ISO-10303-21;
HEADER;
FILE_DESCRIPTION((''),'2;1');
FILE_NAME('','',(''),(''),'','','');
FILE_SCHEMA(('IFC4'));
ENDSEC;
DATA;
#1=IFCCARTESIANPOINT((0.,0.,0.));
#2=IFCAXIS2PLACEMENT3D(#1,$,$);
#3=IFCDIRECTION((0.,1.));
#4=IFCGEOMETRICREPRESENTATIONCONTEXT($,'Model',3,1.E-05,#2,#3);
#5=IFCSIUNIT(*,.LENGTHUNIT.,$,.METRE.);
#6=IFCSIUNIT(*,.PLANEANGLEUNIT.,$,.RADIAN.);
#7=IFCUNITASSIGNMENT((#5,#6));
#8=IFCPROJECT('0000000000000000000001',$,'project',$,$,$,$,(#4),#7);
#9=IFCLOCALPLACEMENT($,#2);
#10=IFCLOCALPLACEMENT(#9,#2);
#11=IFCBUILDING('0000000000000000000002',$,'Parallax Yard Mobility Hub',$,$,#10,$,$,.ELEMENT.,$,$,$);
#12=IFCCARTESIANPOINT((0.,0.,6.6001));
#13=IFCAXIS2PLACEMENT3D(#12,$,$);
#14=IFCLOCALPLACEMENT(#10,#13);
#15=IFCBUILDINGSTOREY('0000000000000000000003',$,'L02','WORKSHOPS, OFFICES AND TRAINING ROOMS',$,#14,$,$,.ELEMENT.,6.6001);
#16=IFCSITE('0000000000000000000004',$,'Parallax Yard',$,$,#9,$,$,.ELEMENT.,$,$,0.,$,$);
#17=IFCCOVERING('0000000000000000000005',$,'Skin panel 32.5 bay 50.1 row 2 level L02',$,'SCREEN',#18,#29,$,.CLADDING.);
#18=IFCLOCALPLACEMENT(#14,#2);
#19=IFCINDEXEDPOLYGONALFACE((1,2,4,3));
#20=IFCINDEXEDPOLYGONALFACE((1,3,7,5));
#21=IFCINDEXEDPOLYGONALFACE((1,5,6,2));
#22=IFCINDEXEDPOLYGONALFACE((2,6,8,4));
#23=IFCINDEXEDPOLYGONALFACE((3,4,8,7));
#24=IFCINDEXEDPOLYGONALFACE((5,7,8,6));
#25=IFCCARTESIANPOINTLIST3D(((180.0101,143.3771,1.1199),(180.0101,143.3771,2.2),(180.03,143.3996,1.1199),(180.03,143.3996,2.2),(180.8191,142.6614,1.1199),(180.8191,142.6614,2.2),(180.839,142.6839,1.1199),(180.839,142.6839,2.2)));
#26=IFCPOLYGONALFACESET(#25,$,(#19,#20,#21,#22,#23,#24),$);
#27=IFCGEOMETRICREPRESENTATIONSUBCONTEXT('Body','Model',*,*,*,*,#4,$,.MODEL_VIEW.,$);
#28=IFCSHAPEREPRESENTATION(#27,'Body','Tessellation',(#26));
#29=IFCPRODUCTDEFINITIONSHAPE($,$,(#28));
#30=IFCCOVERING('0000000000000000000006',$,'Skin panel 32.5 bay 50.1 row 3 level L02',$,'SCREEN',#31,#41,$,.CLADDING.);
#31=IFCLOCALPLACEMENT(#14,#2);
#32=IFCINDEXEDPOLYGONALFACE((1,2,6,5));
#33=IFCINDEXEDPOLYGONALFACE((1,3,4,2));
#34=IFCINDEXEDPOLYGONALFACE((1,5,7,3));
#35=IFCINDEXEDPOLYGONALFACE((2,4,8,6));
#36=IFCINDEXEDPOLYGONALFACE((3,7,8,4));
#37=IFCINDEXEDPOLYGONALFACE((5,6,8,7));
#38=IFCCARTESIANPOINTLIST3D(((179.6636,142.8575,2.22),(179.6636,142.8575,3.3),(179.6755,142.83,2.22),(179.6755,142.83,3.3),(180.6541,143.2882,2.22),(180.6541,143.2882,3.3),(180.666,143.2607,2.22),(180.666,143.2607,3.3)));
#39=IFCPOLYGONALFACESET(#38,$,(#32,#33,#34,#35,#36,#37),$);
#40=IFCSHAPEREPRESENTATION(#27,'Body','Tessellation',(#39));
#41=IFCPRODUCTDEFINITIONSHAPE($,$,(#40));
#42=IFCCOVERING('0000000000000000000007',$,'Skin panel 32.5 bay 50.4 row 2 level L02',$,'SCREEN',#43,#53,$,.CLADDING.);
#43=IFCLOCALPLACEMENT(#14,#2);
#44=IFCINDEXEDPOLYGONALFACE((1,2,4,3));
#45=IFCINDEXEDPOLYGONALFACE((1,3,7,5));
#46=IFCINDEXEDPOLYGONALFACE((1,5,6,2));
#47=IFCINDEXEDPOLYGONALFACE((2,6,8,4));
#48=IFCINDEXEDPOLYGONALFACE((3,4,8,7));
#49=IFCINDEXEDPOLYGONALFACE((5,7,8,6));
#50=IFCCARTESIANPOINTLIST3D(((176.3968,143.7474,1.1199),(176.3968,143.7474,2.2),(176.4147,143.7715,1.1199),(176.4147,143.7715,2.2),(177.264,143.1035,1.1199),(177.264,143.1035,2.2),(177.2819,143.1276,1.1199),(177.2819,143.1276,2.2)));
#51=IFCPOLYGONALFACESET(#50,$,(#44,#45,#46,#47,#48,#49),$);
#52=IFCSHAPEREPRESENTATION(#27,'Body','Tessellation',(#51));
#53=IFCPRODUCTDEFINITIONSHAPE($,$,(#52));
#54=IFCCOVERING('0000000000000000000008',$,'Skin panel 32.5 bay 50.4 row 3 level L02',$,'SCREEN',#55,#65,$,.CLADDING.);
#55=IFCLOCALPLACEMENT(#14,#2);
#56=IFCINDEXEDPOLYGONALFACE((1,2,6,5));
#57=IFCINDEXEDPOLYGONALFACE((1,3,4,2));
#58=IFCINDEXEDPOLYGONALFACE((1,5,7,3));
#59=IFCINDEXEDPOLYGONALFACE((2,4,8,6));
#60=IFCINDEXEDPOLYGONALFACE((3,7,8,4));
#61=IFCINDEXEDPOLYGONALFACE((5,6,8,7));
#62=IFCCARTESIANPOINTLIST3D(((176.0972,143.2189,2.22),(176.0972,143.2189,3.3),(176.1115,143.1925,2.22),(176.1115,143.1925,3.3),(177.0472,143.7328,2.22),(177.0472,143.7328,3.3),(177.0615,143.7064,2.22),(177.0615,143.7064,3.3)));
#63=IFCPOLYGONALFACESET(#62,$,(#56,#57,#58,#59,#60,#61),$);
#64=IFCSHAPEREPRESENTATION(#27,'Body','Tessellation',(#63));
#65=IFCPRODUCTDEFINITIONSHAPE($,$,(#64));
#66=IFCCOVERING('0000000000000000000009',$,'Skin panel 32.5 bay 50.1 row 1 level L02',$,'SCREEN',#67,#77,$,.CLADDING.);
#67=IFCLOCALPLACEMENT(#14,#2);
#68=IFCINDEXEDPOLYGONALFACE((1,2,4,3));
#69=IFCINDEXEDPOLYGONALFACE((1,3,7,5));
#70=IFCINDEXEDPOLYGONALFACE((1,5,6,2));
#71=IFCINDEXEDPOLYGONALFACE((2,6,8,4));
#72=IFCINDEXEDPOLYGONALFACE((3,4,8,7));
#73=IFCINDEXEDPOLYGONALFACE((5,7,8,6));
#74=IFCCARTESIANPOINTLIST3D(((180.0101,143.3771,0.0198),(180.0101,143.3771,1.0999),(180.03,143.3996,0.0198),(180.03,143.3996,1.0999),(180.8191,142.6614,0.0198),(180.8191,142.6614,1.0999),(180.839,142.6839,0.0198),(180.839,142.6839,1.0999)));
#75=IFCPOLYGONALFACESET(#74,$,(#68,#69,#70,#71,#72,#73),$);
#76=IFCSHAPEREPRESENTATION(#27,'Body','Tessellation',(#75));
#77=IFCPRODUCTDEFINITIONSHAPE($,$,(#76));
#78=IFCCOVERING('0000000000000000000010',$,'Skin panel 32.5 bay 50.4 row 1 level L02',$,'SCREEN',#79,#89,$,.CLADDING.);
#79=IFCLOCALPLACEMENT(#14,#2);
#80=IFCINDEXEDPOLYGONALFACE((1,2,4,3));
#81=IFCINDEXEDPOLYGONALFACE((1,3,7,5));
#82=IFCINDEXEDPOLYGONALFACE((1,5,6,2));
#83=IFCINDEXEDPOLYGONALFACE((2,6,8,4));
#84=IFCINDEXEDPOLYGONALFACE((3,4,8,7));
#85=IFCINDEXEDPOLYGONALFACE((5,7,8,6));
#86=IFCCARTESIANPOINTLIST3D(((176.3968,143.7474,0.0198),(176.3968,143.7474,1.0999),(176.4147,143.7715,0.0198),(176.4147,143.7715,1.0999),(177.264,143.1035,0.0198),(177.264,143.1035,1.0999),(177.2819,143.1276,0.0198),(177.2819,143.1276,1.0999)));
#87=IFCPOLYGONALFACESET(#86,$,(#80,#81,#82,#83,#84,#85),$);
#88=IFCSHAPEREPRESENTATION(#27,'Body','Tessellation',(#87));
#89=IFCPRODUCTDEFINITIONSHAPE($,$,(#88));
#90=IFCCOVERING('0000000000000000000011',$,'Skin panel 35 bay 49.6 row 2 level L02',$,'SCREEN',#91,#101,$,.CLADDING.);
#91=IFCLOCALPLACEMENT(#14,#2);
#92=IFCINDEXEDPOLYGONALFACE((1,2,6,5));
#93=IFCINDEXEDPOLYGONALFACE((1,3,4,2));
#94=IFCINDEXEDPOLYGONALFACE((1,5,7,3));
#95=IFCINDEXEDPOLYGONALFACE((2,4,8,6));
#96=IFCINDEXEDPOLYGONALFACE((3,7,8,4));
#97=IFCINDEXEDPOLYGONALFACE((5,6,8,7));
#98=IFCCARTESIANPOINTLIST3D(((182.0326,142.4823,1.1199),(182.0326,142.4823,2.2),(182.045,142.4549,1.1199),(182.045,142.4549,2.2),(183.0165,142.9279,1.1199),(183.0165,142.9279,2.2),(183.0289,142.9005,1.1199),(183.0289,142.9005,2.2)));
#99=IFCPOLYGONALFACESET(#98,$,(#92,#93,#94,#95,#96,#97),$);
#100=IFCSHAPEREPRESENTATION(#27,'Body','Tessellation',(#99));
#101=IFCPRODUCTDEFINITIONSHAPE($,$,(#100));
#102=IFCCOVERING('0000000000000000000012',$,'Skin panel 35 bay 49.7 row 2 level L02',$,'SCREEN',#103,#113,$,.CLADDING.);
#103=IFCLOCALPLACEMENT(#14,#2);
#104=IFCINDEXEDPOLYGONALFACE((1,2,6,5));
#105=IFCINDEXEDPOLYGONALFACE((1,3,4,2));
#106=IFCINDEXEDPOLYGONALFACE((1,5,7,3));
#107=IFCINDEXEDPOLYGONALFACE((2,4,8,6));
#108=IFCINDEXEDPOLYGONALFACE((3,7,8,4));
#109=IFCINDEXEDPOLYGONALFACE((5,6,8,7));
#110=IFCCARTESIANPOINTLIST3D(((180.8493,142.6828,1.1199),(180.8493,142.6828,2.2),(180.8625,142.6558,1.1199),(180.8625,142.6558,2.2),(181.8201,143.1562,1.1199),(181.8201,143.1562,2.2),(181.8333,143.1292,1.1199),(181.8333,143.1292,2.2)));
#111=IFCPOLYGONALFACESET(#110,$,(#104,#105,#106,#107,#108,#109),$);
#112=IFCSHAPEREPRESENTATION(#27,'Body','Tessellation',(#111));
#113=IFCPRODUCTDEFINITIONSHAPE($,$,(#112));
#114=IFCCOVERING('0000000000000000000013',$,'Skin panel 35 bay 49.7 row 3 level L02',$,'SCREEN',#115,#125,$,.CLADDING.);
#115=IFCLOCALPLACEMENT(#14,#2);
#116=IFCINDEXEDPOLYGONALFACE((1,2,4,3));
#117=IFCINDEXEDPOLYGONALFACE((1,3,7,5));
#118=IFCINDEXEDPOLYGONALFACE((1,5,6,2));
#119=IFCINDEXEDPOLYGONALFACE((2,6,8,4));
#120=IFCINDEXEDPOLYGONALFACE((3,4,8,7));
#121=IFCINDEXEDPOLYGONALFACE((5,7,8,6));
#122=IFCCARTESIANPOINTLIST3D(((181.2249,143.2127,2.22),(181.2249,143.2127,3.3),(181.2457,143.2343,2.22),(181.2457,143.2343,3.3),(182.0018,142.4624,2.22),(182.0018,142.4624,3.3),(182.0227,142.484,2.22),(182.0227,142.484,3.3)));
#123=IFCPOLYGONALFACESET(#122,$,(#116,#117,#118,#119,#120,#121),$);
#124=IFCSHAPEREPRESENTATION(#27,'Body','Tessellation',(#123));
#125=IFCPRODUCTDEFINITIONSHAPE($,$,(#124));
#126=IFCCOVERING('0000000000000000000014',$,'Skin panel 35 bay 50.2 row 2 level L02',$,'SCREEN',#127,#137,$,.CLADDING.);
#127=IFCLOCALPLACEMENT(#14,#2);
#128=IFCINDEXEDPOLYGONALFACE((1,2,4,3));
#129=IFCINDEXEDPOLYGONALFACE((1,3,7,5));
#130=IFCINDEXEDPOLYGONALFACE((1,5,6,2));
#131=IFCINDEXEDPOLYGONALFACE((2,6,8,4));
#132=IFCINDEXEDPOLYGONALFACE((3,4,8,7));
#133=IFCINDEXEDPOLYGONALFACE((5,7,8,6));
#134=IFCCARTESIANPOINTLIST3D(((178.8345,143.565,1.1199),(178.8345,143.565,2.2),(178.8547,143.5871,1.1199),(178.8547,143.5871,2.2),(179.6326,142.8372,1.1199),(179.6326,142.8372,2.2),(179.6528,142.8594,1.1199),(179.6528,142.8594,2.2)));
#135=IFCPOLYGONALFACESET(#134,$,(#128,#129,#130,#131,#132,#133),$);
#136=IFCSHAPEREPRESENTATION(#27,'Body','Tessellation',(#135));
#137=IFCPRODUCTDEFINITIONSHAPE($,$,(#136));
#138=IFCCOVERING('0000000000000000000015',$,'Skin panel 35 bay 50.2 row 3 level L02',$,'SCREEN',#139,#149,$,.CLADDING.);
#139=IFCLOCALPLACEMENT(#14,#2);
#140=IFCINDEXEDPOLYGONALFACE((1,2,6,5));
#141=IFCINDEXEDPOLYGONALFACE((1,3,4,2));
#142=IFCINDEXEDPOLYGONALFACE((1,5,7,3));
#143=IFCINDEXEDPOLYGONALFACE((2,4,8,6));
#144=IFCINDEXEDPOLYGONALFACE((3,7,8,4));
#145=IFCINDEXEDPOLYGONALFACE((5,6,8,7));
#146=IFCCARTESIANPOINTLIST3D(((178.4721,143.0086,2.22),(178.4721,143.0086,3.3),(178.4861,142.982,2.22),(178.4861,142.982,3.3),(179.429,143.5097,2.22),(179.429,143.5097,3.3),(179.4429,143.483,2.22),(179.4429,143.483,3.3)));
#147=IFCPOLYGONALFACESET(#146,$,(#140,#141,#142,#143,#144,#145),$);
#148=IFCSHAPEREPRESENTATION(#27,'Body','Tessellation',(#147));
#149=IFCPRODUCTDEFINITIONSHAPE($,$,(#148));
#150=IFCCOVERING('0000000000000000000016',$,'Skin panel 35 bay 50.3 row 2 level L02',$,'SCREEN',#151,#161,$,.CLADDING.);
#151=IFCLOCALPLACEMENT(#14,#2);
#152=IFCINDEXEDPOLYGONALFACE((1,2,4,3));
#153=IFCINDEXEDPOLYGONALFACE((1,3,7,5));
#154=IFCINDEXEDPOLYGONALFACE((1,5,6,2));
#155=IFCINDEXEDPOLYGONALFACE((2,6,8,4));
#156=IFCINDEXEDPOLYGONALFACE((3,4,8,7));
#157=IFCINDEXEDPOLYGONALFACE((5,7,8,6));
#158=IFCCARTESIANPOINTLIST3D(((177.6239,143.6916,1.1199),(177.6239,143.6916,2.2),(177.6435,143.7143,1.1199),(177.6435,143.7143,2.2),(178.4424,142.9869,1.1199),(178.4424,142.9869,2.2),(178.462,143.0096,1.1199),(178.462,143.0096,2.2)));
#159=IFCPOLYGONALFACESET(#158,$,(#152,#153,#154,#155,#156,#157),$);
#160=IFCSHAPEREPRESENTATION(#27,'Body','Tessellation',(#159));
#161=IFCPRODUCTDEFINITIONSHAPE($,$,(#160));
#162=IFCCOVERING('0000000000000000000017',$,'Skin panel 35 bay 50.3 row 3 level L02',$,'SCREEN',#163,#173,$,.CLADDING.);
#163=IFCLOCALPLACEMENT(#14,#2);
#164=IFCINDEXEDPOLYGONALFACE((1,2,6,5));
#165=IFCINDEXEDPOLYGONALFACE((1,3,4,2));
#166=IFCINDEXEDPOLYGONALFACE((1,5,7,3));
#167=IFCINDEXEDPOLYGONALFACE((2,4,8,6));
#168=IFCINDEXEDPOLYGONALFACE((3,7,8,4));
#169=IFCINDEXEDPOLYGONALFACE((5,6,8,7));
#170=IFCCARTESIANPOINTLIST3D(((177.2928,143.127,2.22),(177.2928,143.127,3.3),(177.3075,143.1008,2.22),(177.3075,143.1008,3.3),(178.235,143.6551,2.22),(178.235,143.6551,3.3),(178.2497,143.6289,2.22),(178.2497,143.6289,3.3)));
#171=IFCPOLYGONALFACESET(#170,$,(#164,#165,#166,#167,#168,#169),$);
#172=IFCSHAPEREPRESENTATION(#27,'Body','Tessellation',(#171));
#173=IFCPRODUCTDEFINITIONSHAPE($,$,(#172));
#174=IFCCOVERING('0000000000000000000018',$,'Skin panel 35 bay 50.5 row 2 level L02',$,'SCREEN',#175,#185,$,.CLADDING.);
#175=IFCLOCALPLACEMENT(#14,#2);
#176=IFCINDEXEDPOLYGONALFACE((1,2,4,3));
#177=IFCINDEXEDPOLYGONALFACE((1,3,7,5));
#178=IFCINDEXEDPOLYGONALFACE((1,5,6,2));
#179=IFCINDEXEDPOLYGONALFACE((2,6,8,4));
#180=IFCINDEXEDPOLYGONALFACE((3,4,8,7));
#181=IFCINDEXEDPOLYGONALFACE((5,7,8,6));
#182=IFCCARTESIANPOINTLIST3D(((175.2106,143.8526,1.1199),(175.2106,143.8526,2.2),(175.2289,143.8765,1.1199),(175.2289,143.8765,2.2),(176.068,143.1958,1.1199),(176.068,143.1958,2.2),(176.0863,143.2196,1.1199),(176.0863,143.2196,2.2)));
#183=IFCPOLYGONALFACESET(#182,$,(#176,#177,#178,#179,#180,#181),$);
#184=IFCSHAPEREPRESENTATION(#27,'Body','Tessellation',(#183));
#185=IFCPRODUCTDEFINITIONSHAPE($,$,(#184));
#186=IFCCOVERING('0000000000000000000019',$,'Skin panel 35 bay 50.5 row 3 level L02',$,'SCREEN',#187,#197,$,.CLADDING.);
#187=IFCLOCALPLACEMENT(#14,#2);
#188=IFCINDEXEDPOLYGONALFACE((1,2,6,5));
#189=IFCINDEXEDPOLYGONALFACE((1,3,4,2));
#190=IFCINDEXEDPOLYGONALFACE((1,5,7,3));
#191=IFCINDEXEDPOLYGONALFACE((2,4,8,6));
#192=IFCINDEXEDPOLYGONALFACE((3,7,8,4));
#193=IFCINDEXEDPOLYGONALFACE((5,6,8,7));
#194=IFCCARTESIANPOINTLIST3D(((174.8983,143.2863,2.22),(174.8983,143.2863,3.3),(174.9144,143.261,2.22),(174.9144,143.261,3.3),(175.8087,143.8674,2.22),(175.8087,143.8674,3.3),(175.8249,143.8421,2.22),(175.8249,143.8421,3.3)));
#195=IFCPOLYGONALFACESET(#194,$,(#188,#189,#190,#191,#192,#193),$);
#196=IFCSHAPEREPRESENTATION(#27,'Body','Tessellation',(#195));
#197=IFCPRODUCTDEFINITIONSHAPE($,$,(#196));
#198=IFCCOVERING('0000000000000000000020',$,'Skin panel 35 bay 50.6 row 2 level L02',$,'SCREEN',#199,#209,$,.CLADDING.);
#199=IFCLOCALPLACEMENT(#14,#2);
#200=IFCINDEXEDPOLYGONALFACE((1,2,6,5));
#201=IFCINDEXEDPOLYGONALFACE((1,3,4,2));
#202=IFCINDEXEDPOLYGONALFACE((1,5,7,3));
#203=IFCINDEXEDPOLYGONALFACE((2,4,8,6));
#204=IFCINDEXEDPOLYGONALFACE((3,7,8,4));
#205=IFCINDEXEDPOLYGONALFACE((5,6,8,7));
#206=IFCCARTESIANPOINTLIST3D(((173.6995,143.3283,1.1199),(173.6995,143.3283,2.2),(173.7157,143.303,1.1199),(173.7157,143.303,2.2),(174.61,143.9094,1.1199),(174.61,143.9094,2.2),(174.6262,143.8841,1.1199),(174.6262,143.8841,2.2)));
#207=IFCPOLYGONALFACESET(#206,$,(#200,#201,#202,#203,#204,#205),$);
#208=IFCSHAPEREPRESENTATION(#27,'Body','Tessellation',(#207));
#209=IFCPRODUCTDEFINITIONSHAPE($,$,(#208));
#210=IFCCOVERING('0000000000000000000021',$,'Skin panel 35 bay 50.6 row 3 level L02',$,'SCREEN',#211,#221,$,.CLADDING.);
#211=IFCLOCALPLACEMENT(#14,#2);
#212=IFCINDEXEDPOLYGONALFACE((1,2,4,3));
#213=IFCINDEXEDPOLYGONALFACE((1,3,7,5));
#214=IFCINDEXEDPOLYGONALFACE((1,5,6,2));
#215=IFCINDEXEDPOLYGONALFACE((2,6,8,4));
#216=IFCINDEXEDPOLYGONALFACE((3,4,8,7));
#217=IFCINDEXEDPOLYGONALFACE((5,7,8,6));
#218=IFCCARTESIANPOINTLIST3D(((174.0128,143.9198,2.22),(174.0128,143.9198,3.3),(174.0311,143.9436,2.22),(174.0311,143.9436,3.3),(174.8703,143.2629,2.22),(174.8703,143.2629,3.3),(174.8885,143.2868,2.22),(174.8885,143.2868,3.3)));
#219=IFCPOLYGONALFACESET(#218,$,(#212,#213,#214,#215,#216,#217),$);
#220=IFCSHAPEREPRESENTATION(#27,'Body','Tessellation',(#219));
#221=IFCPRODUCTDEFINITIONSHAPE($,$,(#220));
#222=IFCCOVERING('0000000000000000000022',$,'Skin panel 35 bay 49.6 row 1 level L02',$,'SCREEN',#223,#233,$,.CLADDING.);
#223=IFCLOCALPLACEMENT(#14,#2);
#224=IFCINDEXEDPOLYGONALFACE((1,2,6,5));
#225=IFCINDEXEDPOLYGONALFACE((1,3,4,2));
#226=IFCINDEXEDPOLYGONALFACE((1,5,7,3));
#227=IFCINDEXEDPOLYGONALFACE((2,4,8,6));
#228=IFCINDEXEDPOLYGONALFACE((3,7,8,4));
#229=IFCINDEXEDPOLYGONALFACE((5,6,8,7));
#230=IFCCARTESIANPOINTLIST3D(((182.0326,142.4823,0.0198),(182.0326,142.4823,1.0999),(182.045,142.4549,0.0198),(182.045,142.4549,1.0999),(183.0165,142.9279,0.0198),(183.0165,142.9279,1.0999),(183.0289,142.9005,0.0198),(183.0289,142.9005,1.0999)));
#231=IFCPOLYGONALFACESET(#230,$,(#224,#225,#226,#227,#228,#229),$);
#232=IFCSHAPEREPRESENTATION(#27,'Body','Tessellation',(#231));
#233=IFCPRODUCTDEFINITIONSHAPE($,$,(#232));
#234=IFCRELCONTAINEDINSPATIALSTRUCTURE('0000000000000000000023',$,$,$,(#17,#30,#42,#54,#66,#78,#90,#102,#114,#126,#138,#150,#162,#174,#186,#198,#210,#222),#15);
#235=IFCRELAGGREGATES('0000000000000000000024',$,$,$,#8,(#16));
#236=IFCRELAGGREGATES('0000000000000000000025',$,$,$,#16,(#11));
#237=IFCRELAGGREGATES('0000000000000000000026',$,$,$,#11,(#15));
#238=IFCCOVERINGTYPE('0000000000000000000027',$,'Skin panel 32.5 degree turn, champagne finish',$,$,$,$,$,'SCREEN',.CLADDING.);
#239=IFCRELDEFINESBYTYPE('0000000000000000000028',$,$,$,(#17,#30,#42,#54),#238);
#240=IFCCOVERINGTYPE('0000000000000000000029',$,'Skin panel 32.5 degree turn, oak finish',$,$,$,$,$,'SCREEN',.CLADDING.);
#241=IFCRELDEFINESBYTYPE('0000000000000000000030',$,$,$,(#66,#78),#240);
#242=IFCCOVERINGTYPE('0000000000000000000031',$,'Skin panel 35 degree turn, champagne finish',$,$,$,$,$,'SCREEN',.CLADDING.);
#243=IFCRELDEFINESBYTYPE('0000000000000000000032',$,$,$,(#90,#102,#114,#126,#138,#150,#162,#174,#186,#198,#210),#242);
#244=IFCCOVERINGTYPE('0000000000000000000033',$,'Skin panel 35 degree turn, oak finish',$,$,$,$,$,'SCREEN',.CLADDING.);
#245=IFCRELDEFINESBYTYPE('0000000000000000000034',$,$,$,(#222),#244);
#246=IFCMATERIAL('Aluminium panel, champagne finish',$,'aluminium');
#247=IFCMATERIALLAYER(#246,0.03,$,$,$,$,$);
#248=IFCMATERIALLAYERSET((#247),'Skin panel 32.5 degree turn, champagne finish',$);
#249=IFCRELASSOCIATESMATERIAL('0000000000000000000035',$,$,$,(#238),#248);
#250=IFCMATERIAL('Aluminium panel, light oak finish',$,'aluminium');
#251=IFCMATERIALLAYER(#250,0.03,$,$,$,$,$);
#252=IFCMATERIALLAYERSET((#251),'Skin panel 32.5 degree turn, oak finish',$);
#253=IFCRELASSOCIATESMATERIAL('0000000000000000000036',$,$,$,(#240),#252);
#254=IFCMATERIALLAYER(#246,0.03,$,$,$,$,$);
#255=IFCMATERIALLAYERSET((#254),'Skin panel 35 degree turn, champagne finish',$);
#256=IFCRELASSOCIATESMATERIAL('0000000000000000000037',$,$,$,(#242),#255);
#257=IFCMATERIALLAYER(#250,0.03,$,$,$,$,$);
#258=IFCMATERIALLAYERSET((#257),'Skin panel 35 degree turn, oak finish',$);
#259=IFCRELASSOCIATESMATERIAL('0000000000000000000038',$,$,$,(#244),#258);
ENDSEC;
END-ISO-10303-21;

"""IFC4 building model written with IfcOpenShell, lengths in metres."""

from ifc_helpers import new_model, si_unit, direction, frame, origin, origin_2d, place, context, subcontext, project, spatial, rectangle, extrude, material, layer, layer_set, type_object, element, save


model = new_model("IFC4")

# Units and contexts
model_context = context("Model", 3, precision=1e-05, world=origin(), true_north=direction((0.0, 1.0)))
body_context = subcontext(model_context, "Body", "Model", "MODEL_VIEW")
ifc_project = project(units=[si_unit("LENGTHUNIT", "METRE"), si_unit("PLANEANGLEUNIT", "RADIAN")], contexts=[model_context])

# Site, building, storey
site_placement = place(None, origin())
site = spatial("IfcSite", under=ifc_project, at=site_placement, Name="Parallax Yard", CompositionType="ELEMENT", RefElevation=0.0)
building_placement = place(site_placement, origin())
building = spatial("IfcBuilding", under=site, at=building_placement, Name="Parallax Yard Mobility Hub", CompositionType="ELEMENT")
storey_placement = place(building_placement, frame((0.0, 0.0, 6.6001)))
storey = spatial("IfcBuildingStorey", under=building, at=storey_placement, Name="L02", Description="WORKSHOPS, OFFICES AND TRAINING ROOMS", CompositionType="ELEMENT", Elevation=6.6001)

# Coverings
ifc_material_1 = material(Name="Aluminium panel, champagne finish", Category="aluminium")
ifc_layer_1 = layer(ifc_material_1, 0.03)
ifc_layer_set_1 = layer_set([ifc_layer_1], Name="Skin panel 32.5 degree turn, champagne finish")
covering_type_1 = type_object("IfcCoveringType", Name="Skin panel 32.5 degree turn, champagne finish", ElementType="SCREEN", PredefinedType="CLADDING", material=ifc_layer_set_1)
for number, where, z_axis, x_axis, name in (
    (1, (180.4246, 143.0305, 1.1199), (0.0, 0.0, 1.0), (-0.748956, 0.66262, 0.0), "Skin panel 32.5 bay 50.1 row 2 level L02"),
    (2, (180.1648, 143.0591, 2.22), (0.0, 0.0, 1.0), (0.91706, 0.398749, 0.0), "Skin panel 32.5 bay 50.1 row 3 level L02"),
    (3, (176.8394, 143.4375, 1.1199), (0.0, 0.0, 1.0), (-0.802912, 0.596097, 0.0), "Skin panel 32.5 bay 50.4 row 2 level L02"),
    (4, (176.5793, 143.4626, 2.22), (0.0, 0.0, 1.0), (0.879573, 0.475764, 0.0), "Skin panel 32.5 bay 50.4 row 3 level L02"),
):
    element("IfcCovering", number, at=place(storey_placement, frame(where, z_axis=z_axis, x_axis=x_axis)), inside=storey, type_object=covering_type_1, Name=name, ObjectType="SCREEN", PredefinedType="CLADDING", context=body_context, shape_type="SweptSolid", body=[
        extrude(rectangle(XDim=1.0801, YDim=0.03, at=origin_2d()), origin(), (0.0, 0.0, 1.0), 1.0801),
    ])
ifc_material_2 = material(Name="Aluminium panel, light oak finish", Category="aluminium")
ifc_layer_2 = layer(ifc_material_2, 0.03)
ifc_layer_set_2 = layer_set([ifc_layer_2], Name="Skin panel 32.5 degree turn, oak finish")
covering_type_2 = type_object("IfcCoveringType", Name="Skin panel 32.5 degree turn, oak finish", ElementType="SCREEN", PredefinedType="CLADDING", material=ifc_layer_set_2)
for number, where, z_axis, x_axis, name in (
    (5, (180.4246, 143.0305, 0.0198), (0.0, 0.0, 1.0), (-0.748956, 0.66262, 0.0), "Skin panel 32.5 bay 50.1 row 1 level L02"),
    (6, (176.8394, 143.4375, 0.0198), (0.0, 0.0, 1.0), (-0.802912, 0.596097, 0.0), "Skin panel 32.5 bay 50.4 row 1 level L02"),
):
    element("IfcCovering", number, at=place(storey_placement, frame(where, z_axis=z_axis, x_axis=x_axis)), inside=storey, type_object=covering_type_2, Name=name, ObjectType="SCREEN", PredefinedType="CLADDING", context=body_context, shape_type="SweptSolid", body=[
        extrude(rectangle(XDim=1.0801, YDim=0.03, at=origin_2d()), origin(), (0.0, 0.0, 1.0), 1.0801),
    ])
ifc_layer_3 = layer(ifc_material_1, 0.03)
ifc_layer_set_3 = layer_set([ifc_layer_3], Name="Skin panel 35 degree turn, champagne finish")
covering_type_3 = type_object("IfcCoveringType", Name="Skin panel 35 degree turn, champagne finish", ElementType="SCREEN", PredefinedType="CLADDING", material=ifc_layer_set_3)
for number, where, z_axis, x_axis, name in (
    (7, (182.5308, 142.6914, 1.1199), (0.0, 0.0, 1.0), (0.910946, 0.412526, 0.0), "Skin panel 35 bay 49.6 row 2 level L02"),
    (8, (181.3413, 142.906, 1.1199), (0.0, 0.0, 1.0), (0.898794, 0.438371, 0.0), "Skin panel 35 bay 49.7 row 2 level L02"),
    (9, (181.6238, 142.8484, 2.22), (0.0, 0.0, 1.0), (-0.71934, 0.694658, 0.0), "Skin panel 35 bay 49.7 row 3 level L02"),
    (10, (179.2437, 143.2122, 1.1199), (0.0, 0.0, 1.0), (-0.738884, 0.673833, 0.0), "Skin panel 35 bay 50.2 row 2 level L02"),
    (11, (178.9575, 143.2458, 2.22), (0.0, 0.0, 1.0), (0.885909, 0.463859, 0.0), "Skin panel 35 bay 50.2 row 3 level L02"),
    (12, (178.043, 143.3506, 1.1199), (0.0, 0.0, 1.0), (-0.757824, 0.65246, 0.0), "Skin panel 35 bay 50.3 row 2 level L02"),
    (13, (177.7712, 143.3779, 2.22), (0.0, 0.0, 1.0), (0.872302, 0.488967, 0.0), "Skin panel 35 bay 50.3 row 3 level L02"),
    (14, (175.6484, 143.5361, 1.1199), (0.0, 0.0, 1.0), (-0.793837, 0.608131, 0.0), "Skin panel 35 bay 50.5 row 2 level L02"),
    (15, (175.3616, 143.5642, 2.22), (0.0, 0.0, 1.0), (0.842964, 0.537969, 0.0), "Skin panel 35 bay 50.5 row 3 level L02"),
    (16, (174.1628, 143.6062, 1.1199), (0.0, 0.0, 1.0), (0.842964, 0.537969, 0.0), "Skin panel 35 bay 50.6 row 2 level L02"),
    (17, (174.4507, 143.6033, 2.22), (0.0, 0.0, 1.0), (-0.793837, 0.608131, 0.0), "Skin panel 35 bay 50.6 row 3 level L02"),
):
    element("IfcCovering", number, at=place(storey_placement, frame(where, z_axis=z_axis, x_axis=x_axis)), inside=storey, type_object=covering_type_3, Name=name, ObjectType="SCREEN", PredefinedType="CLADDING", context=body_context, shape_type="SweptSolid", body=[
        extrude(rectangle(XDim=1.0801, YDim=0.03, at=origin_2d()), origin(), (0.0, 0.0, 1.0), 1.0801),
    ])
ifc_layer_4 = layer(ifc_material_2, 0.03)
ifc_layer_set_4 = layer_set([ifc_layer_4], Name="Skin panel 35 degree turn, oak finish")
covering_type_4 = type_object("IfcCoveringType", Name="Skin panel 35 degree turn, oak finish", ElementType="SCREEN", PredefinedType="CLADDING", material=ifc_layer_set_4)
for number, where, z_axis, x_axis, name in (
    (18, (182.5308, 142.6914, 0.0198), (0.0, 0.0, 1.0), (0.910946, 0.412526, 0.0), "Skin panel 35 bay 49.6 row 1 level L02"),
):
    element("IfcCovering", number, at=place(storey_placement, frame(where, z_axis=z_axis, x_axis=x_axis)), inside=storey, type_object=covering_type_4, Name=name, ObjectType="SCREEN", PredefinedType="CLADDING", context=body_context, shape_type="SweptSolid", body=[
        extrude(rectangle(XDim=1.0801, YDim=0.03, at=origin_2d()), origin(), (0.0, 0.0, 1.0), 1.0801),
    ])

save(model, "model.ifc")
